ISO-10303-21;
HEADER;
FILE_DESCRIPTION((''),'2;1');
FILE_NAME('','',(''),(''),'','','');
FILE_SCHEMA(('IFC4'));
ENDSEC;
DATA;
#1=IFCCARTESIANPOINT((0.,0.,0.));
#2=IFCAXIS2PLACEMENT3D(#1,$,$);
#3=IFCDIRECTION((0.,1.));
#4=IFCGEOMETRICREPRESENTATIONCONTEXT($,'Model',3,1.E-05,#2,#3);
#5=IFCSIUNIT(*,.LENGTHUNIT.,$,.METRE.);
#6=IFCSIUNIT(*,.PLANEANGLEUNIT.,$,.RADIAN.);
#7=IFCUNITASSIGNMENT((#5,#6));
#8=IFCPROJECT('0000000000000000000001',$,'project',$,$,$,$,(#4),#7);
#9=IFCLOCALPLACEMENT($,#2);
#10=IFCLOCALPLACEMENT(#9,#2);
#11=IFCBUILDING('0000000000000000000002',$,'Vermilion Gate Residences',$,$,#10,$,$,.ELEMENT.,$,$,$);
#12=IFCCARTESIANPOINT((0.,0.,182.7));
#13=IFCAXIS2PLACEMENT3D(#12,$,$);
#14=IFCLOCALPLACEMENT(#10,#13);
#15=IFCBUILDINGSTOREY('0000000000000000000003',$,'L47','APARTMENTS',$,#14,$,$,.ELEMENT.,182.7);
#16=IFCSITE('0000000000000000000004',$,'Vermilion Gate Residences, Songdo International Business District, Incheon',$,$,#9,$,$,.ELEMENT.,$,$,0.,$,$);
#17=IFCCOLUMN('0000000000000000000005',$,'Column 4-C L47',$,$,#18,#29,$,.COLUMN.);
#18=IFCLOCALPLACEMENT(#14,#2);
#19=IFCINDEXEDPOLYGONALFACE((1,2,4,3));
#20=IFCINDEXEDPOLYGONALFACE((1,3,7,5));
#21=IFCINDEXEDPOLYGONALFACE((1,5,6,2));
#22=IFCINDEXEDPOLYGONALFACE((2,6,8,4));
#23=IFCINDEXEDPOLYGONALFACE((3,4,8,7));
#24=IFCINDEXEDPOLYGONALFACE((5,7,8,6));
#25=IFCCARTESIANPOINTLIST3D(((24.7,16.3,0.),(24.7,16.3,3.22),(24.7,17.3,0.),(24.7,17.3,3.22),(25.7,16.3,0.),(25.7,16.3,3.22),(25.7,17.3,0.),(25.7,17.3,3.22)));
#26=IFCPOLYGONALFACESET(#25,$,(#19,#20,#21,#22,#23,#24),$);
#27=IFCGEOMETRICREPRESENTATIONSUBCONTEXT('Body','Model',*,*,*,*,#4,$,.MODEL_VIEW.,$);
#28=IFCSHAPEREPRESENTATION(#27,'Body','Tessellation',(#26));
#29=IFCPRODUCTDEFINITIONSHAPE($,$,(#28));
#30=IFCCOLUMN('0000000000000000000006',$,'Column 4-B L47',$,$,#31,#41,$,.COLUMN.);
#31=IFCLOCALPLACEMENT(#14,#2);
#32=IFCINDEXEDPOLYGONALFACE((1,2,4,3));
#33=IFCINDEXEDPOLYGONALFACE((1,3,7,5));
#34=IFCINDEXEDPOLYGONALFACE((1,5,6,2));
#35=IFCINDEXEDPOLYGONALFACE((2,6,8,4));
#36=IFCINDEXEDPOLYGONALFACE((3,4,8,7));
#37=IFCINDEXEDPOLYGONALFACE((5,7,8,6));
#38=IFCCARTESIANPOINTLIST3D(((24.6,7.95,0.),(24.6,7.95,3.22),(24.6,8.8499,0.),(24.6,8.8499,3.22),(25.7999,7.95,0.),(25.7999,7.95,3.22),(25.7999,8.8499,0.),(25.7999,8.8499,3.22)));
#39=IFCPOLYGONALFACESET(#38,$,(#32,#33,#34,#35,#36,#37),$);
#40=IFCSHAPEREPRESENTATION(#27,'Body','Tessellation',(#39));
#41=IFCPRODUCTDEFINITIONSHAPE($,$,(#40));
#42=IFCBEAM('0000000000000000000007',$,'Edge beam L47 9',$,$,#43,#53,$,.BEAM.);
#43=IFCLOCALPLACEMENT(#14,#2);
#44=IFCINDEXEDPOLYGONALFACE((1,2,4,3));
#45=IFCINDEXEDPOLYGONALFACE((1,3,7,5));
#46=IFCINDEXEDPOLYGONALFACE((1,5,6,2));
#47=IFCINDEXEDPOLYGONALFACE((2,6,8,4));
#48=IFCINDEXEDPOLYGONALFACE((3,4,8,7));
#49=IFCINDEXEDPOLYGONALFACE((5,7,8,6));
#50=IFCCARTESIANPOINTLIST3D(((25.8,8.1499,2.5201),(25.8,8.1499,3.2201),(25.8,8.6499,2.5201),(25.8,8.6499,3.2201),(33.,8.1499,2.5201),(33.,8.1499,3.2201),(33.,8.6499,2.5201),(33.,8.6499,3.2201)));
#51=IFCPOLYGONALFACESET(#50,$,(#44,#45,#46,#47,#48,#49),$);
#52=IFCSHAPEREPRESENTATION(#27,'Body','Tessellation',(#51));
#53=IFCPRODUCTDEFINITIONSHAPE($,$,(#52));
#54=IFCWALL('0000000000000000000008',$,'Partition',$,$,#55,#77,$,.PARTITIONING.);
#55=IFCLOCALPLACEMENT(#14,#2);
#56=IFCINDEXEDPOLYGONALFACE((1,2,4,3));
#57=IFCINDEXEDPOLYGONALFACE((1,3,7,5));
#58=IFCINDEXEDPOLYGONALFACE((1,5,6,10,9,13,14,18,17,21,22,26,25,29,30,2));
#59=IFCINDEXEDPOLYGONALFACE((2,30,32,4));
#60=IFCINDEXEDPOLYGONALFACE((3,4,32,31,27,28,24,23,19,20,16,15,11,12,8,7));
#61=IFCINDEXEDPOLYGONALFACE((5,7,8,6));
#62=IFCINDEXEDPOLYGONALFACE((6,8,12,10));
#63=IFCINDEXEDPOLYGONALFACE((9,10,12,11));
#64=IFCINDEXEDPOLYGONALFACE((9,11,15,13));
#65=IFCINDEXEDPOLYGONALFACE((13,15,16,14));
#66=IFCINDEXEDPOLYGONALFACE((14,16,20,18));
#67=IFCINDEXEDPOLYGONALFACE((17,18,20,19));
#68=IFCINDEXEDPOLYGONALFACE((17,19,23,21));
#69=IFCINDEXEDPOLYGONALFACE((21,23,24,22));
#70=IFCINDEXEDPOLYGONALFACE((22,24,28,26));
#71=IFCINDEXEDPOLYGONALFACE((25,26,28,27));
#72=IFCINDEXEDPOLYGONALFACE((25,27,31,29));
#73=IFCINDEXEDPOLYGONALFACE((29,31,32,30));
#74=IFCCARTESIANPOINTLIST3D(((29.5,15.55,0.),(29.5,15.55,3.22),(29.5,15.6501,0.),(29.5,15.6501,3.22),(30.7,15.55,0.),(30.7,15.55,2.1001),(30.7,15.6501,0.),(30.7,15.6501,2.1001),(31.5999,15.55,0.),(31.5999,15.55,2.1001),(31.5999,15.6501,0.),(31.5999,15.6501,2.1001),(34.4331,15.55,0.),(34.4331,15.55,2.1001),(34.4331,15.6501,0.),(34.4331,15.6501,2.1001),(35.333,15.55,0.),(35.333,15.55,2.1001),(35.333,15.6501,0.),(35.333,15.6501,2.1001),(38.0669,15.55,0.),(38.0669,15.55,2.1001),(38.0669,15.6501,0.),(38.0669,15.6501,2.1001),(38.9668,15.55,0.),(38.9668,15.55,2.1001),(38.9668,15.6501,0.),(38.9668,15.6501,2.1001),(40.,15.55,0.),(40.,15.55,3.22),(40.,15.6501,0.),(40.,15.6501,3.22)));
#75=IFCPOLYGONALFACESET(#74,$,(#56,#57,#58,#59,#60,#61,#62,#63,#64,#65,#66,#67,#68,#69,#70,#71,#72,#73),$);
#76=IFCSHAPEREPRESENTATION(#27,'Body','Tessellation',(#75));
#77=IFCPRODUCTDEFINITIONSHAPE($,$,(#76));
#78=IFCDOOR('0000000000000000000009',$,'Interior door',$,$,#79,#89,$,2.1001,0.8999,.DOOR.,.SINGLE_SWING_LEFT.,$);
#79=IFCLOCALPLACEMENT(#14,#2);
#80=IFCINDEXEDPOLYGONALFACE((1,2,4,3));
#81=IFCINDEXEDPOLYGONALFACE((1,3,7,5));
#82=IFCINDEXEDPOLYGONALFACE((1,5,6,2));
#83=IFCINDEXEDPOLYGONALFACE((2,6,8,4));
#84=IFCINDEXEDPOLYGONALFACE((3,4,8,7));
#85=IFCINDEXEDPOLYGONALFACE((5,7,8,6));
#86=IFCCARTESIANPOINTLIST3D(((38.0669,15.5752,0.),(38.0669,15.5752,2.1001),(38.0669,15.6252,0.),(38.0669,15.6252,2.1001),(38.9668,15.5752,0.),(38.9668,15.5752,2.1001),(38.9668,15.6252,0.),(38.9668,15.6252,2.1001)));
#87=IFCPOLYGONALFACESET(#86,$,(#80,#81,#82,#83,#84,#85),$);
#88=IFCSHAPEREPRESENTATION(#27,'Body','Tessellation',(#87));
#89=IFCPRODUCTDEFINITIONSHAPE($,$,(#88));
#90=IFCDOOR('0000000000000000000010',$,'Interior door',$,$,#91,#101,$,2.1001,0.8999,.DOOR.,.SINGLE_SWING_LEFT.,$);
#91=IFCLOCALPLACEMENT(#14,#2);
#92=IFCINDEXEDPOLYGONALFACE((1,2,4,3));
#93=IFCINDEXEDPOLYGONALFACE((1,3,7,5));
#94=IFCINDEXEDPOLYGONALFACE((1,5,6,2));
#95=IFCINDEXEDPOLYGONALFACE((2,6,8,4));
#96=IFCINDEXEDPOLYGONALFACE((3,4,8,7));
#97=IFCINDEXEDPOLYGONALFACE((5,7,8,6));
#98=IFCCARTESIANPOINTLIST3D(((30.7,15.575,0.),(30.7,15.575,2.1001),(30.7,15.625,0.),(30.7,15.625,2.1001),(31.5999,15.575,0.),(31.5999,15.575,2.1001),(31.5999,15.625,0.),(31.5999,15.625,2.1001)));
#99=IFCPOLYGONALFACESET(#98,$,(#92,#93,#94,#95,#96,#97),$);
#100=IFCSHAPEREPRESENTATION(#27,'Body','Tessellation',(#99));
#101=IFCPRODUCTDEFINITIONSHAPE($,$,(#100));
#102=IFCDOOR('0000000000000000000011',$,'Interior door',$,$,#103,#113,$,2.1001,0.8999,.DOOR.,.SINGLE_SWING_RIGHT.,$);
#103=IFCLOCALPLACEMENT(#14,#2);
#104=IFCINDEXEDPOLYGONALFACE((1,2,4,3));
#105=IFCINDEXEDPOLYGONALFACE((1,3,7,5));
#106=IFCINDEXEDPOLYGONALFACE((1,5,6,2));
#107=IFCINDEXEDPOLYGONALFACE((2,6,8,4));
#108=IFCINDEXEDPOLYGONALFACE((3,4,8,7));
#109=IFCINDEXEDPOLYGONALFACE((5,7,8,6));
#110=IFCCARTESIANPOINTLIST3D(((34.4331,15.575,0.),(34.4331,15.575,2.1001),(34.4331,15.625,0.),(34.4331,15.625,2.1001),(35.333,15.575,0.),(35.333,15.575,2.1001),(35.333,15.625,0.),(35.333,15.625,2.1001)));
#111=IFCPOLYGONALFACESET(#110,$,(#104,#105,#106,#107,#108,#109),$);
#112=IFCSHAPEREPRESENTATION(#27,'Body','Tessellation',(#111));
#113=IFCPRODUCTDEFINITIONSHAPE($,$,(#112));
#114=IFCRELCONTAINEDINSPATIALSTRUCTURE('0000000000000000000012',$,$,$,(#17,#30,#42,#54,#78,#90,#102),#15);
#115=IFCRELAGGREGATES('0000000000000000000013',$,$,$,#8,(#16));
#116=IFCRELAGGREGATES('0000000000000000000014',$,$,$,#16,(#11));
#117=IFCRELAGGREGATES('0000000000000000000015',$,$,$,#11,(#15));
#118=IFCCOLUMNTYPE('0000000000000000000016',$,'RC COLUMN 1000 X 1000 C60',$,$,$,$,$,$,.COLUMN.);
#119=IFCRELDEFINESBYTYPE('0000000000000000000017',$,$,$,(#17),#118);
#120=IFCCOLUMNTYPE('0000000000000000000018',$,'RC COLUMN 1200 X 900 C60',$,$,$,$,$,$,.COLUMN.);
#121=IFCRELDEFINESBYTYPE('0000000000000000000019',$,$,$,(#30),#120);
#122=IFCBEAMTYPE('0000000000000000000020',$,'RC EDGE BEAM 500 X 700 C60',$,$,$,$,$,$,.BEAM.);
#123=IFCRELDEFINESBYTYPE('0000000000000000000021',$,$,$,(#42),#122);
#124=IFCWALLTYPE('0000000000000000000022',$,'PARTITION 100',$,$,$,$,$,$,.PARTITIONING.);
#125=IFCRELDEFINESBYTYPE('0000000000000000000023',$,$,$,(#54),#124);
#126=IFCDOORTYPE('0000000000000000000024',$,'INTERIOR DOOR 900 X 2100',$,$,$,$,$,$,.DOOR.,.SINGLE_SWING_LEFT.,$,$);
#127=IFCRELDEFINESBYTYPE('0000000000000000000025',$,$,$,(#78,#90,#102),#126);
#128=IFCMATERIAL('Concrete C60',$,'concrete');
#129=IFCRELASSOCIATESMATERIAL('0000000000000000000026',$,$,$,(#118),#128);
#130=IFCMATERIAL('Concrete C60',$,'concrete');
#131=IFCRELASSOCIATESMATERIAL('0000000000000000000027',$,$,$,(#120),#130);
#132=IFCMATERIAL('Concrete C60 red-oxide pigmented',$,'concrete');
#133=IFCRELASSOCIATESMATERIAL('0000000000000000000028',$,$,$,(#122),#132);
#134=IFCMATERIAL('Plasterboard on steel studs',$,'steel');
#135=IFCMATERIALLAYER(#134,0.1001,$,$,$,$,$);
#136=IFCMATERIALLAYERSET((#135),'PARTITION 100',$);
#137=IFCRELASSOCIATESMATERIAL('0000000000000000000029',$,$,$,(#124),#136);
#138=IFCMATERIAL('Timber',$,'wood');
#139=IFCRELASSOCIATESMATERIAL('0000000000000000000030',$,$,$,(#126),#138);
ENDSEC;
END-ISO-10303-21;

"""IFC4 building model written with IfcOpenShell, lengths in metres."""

from ifc_helpers import new_model, si_unit, direction, frame, frame_2d, origin, origin_2d, place, context, subcontext, project, spatial, rectangle, extrude, material, layer, layer_set, material_profile, profile_set, type_object, element, fill, save


model = new_model("IFC4")

# Units and contexts
model_context = context("Model", 3, precision=1e-05, world=origin(), true_north=direction((0.0, 1.0)))
body_context = subcontext(model_context, "Body", "Model", "MODEL_VIEW")
ifc_project = project(units=[si_unit("LENGTHUNIT", "METRE"), si_unit("PLANEANGLEUNIT", "RADIAN")], contexts=[model_context])

# Site, building, storey
site_placement = place(None, origin())
site = spatial("IfcSite", under=ifc_project, at=site_placement, Name="Vermilion Gate Residences, Songdo International Business District, Incheon", CompositionType="ELEMENT", RefElevation=0.0)
building_placement = place(site_placement, origin())
building = spatial("IfcBuilding", under=site, at=building_placement, Name="Vermilion Gate Residences", CompositionType="ELEMENT")
storey_placement = place(building_placement, frame((0.0, 0.0, 182.7)))
storey = spatial("IfcBuildingStorey", under=building, at=storey_placement, Name="L47", Description="APARTMENTS", CompositionType="ELEMENT", Elevation=182.7)

# Columns
ifc_material_1 = material(Name="Concrete C60", Category="concrete")
ifc_material_profile_1 = material_profile(ifc_material_1, rectangle(XDim=1.0, YDim=1.0, at=origin_2d()), Name="RC-1000x1000")
ifc_profile_set_1 = profile_set([ifc_material_profile_1], Name="Concrete C60")
column_type_1 = type_object("IfcColumnType", Name="RC COLUMN 1000 X 1000 C60", PredefinedType="COLUMN", material=ifc_profile_set_1)
column_1_placement = place(storey_placement, frame((25.2, 16.8, 0.0), z_axis=(0.0, 0.0, 1.0), x_axis=(1.0, 0.0, 0.0)))
element("IfcColumn", 1, at=column_1_placement, inside=storey, type_object=column_type_1, Name="Column 4-C L47", PredefinedType="COLUMN", context=body_context, shape_type="SweptSolid", body=[
    extrude(rectangle(XDim=1.0, YDim=1.0, at=origin_2d()), origin(), (0.0, 0.0, 1.0), 3.22),
])
ifc_material_2 = material(Name="Concrete C60", Category="concrete")
ifc_material_profile_2 = material_profile(ifc_material_2, rectangle(XDim=1.2, YDim=0.8999, at=origin_2d()), Name="RC-1200x900")
ifc_profile_set_2 = profile_set([ifc_material_profile_2], Name="Concrete C60")
column_type_2 = type_object("IfcColumnType", Name="RC COLUMN 1200 X 900 C60", PredefinedType="COLUMN", material=ifc_profile_set_2)
column_2_placement = place(storey_placement, frame((25.2, 8.3999, 0.0), z_axis=(0.0, 0.0, 1.0), x_axis=(1.0, 0.0, 0.0)))
element("IfcColumn", 2, at=column_2_placement, inside=storey, type_object=column_type_2, Name="Column 4-B L47", PredefinedType="COLUMN", context=body_context, shape_type="SweptSolid", body=[
    extrude(rectangle(XDim=1.2, YDim=0.8999, at=origin_2d()), origin(), (0.0, 0.0, 1.0), 3.22),
])

# Beam
ifc_material_3 = material(Name="Concrete C60 red-oxide pigmented", Category="concrete")
ifc_material_profile_3 = material_profile(ifc_material_3, rectangle(XDim=0.5, YDim=0.7, at=origin_2d()), Name="RC-500x700")
ifc_profile_set_3 = profile_set([ifc_material_profile_3], Name="Concrete C60 red-oxide pigmented")
beam_type = type_object("IfcBeamType", Name="RC EDGE BEAM 500 X 700 C60", PredefinedType="BEAM", material=ifc_profile_set_3)
beam_placement = place(storey_placement, frame((25.8, 8.3999, 2.8701), z_axis=(1.0, 0.0, 0.0), x_axis=(0.0, 1.0, 0.0)))
element("IfcBeam", 3, at=beam_placement, inside=storey, type_object=beam_type, Name="Edge beam L47 9", PredefinedType="BEAM", context=body_context, shape_type="SweptSolid", body=[
    extrude(rectangle(XDim=0.5, YDim=0.7, at=origin_2d()), origin(), (0.0, 0.0, 1.0), 7.2),
])

# Wall, openings, doors
ifc_material_4 = material(Name="Plasterboard on steel studs", Category="steel")
ifc_layer_1 = layer(ifc_material_4, 0.1001)
ifc_layer_set_1 = layer_set([ifc_layer_1], Name="PARTITION 100")
wall_type_1 = type_object("IfcWallType", Name="PARTITION 100", PredefinedType="PARTITIONING", material=ifc_layer_set_1)
wall_1_placement = place(storey_placement, frame((29.5, 15.6001, 0.0), z_axis=(0.0, 0.0, 1.0), x_axis=(1.0, 0.0, 0.0)))
wall_1 = element("IfcWall", 4, at=wall_1_placement, inside=storey, type_object=wall_type_1, Name="Partition", PredefinedType="PARTITIONING", context=body_context, shape_type="SweptSolid", body=[
    extrude(rectangle(XDim=10.5, YDim=0.1001, at=frame_2d((5.25, 0.0))), origin(), (0.0, 0.0, 1.0), 3.22),
])
opening_1_placement = place(wall_1_placement, frame((8.5669, 0.0, 0.0)))
opening_1 = element("IfcOpeningElement", 5, at=opening_1_placement, cuts=wall_1, PredefinedType="OPENING", context=body_context, shape_type="SweptSolid", body=[
    extrude(rectangle(XDim=0.8999, YDim=2.1001, at=frame_2d((0.45, 1.05))), frame((0.0, 0.0601, 0.0), z_axis=(0.0, -1.0, 0.0), x_axis=(1.0, 0.0, 0.0)), (0.0, 0.0, 1.0), 0.1201),
])
opening_2_placement = place(wall_1_placement, frame((1.2, 0.0, 0.0)))
opening_2 = element("IfcOpeningElement", 6, at=opening_2_placement, cuts=wall_1, PredefinedType="OPENING", context=body_context, shape_type="SweptSolid", body=[
    extrude(rectangle(XDim=0.8999, YDim=2.1001, at=frame_2d((0.45, 1.05))), frame((0.0, 0.0601, 0.0), z_axis=(0.0, -1.0, 0.0), x_axis=(1.0, 0.0, 0.0)), (0.0, 0.0, 1.0), 0.1201),
])
opening_3_placement = place(wall_1_placement, frame((4.9331, 0.0, 0.0)))
opening_3 = element("IfcOpeningElement", 7, at=opening_3_placement, cuts=wall_1, PredefinedType="OPENING", context=body_context, shape_type="SweptSolid", body=[
    extrude(rectangle(XDim=0.8999, YDim=2.1001, at=frame_2d((0.45, 1.05))), frame((0.0, 0.0601, 0.0), z_axis=(0.0, -1.0, 0.0), x_axis=(1.0, 0.0, 0.0)), (0.0, 0.0, 1.0), 0.1201),
])
ifc_material_5 = material(Name="Timber", Category="wood")
door_type = type_object("IfcDoorType", Name="INTERIOR DOOR 900 X 2100", OperationType="SINGLE_SWING_LEFT", PredefinedType="DOOR", material=ifc_material_5)
door_1_placement = place(opening_1_placement, frame((0.8999, 0.0, 0.0), z_axis=(0.0, 0.0, 1.0), x_axis=(-1.0, 0.0, 0.0)))
door_1 = element("IfcDoor", 8, at=door_1_placement, inside=storey, type_object=door_type, Name="Interior door", OperationType="SINGLE_SWING_LEFT", OverallHeight=2.1001, OverallWidth=0.8999, PredefinedType="DOOR", context=body_context, shape_type="SweptSolid", body=[
    extrude(rectangle(XDim=0.8999, YDim=2.1001, at=frame_2d((0.45, 1.05))), frame((0.0, 0.0249, 0.0), z_axis=(0.0, -1.0, 0.0), x_axis=(1.0, 0.0, 0.0)), (0.0, 0.0, 1.0), 0.05),
])
fill(opening_1, door_1)
door_2_placement = place(opening_2_placement, origin())
door_2 = element("IfcDoor", 9, at=door_2_placement, inside=storey, type_object=door_type, Name="Interior door", OperationType="SINGLE_SWING_LEFT", OverallHeight=2.1001, OverallWidth=0.8999, PredefinedType="DOOR", context=body_context, shape_type="SweptSolid", body=[
    extrude(rectangle(XDim=0.8999, YDim=2.1001, at=frame_2d((0.45, 1.05))), frame((0.0, 0.0249, 0.0), z_axis=(0.0, -1.0, 0.0), x_axis=(1.0, 0.0, 0.0)), (0.0, 0.0, 1.0), 0.05),
])
fill(opening_2, door_2)
door_3_placement = place(opening_3_placement, origin())
door_3 = element("IfcDoor", 10, at=door_3_placement, inside=storey, type_object=door_type, Name="Interior door", OperationType="SINGLE_SWING_RIGHT", OverallHeight=2.1001, OverallWidth=0.8999, PredefinedType="DOOR", context=body_context, shape_type="SweptSolid", body=[
    extrude(rectangle(XDim=0.8999, YDim=2.1001, at=frame_2d((0.45, 1.05))), frame((0.0, 0.0249, 0.0), z_axis=(0.0, -1.0, 0.0), x_axis=(1.0, 0.0, 0.0)), (0.0, 0.0, 1.0), 0.05),
])
fill(opening_3, door_3)

save(model, "model.ifc")
